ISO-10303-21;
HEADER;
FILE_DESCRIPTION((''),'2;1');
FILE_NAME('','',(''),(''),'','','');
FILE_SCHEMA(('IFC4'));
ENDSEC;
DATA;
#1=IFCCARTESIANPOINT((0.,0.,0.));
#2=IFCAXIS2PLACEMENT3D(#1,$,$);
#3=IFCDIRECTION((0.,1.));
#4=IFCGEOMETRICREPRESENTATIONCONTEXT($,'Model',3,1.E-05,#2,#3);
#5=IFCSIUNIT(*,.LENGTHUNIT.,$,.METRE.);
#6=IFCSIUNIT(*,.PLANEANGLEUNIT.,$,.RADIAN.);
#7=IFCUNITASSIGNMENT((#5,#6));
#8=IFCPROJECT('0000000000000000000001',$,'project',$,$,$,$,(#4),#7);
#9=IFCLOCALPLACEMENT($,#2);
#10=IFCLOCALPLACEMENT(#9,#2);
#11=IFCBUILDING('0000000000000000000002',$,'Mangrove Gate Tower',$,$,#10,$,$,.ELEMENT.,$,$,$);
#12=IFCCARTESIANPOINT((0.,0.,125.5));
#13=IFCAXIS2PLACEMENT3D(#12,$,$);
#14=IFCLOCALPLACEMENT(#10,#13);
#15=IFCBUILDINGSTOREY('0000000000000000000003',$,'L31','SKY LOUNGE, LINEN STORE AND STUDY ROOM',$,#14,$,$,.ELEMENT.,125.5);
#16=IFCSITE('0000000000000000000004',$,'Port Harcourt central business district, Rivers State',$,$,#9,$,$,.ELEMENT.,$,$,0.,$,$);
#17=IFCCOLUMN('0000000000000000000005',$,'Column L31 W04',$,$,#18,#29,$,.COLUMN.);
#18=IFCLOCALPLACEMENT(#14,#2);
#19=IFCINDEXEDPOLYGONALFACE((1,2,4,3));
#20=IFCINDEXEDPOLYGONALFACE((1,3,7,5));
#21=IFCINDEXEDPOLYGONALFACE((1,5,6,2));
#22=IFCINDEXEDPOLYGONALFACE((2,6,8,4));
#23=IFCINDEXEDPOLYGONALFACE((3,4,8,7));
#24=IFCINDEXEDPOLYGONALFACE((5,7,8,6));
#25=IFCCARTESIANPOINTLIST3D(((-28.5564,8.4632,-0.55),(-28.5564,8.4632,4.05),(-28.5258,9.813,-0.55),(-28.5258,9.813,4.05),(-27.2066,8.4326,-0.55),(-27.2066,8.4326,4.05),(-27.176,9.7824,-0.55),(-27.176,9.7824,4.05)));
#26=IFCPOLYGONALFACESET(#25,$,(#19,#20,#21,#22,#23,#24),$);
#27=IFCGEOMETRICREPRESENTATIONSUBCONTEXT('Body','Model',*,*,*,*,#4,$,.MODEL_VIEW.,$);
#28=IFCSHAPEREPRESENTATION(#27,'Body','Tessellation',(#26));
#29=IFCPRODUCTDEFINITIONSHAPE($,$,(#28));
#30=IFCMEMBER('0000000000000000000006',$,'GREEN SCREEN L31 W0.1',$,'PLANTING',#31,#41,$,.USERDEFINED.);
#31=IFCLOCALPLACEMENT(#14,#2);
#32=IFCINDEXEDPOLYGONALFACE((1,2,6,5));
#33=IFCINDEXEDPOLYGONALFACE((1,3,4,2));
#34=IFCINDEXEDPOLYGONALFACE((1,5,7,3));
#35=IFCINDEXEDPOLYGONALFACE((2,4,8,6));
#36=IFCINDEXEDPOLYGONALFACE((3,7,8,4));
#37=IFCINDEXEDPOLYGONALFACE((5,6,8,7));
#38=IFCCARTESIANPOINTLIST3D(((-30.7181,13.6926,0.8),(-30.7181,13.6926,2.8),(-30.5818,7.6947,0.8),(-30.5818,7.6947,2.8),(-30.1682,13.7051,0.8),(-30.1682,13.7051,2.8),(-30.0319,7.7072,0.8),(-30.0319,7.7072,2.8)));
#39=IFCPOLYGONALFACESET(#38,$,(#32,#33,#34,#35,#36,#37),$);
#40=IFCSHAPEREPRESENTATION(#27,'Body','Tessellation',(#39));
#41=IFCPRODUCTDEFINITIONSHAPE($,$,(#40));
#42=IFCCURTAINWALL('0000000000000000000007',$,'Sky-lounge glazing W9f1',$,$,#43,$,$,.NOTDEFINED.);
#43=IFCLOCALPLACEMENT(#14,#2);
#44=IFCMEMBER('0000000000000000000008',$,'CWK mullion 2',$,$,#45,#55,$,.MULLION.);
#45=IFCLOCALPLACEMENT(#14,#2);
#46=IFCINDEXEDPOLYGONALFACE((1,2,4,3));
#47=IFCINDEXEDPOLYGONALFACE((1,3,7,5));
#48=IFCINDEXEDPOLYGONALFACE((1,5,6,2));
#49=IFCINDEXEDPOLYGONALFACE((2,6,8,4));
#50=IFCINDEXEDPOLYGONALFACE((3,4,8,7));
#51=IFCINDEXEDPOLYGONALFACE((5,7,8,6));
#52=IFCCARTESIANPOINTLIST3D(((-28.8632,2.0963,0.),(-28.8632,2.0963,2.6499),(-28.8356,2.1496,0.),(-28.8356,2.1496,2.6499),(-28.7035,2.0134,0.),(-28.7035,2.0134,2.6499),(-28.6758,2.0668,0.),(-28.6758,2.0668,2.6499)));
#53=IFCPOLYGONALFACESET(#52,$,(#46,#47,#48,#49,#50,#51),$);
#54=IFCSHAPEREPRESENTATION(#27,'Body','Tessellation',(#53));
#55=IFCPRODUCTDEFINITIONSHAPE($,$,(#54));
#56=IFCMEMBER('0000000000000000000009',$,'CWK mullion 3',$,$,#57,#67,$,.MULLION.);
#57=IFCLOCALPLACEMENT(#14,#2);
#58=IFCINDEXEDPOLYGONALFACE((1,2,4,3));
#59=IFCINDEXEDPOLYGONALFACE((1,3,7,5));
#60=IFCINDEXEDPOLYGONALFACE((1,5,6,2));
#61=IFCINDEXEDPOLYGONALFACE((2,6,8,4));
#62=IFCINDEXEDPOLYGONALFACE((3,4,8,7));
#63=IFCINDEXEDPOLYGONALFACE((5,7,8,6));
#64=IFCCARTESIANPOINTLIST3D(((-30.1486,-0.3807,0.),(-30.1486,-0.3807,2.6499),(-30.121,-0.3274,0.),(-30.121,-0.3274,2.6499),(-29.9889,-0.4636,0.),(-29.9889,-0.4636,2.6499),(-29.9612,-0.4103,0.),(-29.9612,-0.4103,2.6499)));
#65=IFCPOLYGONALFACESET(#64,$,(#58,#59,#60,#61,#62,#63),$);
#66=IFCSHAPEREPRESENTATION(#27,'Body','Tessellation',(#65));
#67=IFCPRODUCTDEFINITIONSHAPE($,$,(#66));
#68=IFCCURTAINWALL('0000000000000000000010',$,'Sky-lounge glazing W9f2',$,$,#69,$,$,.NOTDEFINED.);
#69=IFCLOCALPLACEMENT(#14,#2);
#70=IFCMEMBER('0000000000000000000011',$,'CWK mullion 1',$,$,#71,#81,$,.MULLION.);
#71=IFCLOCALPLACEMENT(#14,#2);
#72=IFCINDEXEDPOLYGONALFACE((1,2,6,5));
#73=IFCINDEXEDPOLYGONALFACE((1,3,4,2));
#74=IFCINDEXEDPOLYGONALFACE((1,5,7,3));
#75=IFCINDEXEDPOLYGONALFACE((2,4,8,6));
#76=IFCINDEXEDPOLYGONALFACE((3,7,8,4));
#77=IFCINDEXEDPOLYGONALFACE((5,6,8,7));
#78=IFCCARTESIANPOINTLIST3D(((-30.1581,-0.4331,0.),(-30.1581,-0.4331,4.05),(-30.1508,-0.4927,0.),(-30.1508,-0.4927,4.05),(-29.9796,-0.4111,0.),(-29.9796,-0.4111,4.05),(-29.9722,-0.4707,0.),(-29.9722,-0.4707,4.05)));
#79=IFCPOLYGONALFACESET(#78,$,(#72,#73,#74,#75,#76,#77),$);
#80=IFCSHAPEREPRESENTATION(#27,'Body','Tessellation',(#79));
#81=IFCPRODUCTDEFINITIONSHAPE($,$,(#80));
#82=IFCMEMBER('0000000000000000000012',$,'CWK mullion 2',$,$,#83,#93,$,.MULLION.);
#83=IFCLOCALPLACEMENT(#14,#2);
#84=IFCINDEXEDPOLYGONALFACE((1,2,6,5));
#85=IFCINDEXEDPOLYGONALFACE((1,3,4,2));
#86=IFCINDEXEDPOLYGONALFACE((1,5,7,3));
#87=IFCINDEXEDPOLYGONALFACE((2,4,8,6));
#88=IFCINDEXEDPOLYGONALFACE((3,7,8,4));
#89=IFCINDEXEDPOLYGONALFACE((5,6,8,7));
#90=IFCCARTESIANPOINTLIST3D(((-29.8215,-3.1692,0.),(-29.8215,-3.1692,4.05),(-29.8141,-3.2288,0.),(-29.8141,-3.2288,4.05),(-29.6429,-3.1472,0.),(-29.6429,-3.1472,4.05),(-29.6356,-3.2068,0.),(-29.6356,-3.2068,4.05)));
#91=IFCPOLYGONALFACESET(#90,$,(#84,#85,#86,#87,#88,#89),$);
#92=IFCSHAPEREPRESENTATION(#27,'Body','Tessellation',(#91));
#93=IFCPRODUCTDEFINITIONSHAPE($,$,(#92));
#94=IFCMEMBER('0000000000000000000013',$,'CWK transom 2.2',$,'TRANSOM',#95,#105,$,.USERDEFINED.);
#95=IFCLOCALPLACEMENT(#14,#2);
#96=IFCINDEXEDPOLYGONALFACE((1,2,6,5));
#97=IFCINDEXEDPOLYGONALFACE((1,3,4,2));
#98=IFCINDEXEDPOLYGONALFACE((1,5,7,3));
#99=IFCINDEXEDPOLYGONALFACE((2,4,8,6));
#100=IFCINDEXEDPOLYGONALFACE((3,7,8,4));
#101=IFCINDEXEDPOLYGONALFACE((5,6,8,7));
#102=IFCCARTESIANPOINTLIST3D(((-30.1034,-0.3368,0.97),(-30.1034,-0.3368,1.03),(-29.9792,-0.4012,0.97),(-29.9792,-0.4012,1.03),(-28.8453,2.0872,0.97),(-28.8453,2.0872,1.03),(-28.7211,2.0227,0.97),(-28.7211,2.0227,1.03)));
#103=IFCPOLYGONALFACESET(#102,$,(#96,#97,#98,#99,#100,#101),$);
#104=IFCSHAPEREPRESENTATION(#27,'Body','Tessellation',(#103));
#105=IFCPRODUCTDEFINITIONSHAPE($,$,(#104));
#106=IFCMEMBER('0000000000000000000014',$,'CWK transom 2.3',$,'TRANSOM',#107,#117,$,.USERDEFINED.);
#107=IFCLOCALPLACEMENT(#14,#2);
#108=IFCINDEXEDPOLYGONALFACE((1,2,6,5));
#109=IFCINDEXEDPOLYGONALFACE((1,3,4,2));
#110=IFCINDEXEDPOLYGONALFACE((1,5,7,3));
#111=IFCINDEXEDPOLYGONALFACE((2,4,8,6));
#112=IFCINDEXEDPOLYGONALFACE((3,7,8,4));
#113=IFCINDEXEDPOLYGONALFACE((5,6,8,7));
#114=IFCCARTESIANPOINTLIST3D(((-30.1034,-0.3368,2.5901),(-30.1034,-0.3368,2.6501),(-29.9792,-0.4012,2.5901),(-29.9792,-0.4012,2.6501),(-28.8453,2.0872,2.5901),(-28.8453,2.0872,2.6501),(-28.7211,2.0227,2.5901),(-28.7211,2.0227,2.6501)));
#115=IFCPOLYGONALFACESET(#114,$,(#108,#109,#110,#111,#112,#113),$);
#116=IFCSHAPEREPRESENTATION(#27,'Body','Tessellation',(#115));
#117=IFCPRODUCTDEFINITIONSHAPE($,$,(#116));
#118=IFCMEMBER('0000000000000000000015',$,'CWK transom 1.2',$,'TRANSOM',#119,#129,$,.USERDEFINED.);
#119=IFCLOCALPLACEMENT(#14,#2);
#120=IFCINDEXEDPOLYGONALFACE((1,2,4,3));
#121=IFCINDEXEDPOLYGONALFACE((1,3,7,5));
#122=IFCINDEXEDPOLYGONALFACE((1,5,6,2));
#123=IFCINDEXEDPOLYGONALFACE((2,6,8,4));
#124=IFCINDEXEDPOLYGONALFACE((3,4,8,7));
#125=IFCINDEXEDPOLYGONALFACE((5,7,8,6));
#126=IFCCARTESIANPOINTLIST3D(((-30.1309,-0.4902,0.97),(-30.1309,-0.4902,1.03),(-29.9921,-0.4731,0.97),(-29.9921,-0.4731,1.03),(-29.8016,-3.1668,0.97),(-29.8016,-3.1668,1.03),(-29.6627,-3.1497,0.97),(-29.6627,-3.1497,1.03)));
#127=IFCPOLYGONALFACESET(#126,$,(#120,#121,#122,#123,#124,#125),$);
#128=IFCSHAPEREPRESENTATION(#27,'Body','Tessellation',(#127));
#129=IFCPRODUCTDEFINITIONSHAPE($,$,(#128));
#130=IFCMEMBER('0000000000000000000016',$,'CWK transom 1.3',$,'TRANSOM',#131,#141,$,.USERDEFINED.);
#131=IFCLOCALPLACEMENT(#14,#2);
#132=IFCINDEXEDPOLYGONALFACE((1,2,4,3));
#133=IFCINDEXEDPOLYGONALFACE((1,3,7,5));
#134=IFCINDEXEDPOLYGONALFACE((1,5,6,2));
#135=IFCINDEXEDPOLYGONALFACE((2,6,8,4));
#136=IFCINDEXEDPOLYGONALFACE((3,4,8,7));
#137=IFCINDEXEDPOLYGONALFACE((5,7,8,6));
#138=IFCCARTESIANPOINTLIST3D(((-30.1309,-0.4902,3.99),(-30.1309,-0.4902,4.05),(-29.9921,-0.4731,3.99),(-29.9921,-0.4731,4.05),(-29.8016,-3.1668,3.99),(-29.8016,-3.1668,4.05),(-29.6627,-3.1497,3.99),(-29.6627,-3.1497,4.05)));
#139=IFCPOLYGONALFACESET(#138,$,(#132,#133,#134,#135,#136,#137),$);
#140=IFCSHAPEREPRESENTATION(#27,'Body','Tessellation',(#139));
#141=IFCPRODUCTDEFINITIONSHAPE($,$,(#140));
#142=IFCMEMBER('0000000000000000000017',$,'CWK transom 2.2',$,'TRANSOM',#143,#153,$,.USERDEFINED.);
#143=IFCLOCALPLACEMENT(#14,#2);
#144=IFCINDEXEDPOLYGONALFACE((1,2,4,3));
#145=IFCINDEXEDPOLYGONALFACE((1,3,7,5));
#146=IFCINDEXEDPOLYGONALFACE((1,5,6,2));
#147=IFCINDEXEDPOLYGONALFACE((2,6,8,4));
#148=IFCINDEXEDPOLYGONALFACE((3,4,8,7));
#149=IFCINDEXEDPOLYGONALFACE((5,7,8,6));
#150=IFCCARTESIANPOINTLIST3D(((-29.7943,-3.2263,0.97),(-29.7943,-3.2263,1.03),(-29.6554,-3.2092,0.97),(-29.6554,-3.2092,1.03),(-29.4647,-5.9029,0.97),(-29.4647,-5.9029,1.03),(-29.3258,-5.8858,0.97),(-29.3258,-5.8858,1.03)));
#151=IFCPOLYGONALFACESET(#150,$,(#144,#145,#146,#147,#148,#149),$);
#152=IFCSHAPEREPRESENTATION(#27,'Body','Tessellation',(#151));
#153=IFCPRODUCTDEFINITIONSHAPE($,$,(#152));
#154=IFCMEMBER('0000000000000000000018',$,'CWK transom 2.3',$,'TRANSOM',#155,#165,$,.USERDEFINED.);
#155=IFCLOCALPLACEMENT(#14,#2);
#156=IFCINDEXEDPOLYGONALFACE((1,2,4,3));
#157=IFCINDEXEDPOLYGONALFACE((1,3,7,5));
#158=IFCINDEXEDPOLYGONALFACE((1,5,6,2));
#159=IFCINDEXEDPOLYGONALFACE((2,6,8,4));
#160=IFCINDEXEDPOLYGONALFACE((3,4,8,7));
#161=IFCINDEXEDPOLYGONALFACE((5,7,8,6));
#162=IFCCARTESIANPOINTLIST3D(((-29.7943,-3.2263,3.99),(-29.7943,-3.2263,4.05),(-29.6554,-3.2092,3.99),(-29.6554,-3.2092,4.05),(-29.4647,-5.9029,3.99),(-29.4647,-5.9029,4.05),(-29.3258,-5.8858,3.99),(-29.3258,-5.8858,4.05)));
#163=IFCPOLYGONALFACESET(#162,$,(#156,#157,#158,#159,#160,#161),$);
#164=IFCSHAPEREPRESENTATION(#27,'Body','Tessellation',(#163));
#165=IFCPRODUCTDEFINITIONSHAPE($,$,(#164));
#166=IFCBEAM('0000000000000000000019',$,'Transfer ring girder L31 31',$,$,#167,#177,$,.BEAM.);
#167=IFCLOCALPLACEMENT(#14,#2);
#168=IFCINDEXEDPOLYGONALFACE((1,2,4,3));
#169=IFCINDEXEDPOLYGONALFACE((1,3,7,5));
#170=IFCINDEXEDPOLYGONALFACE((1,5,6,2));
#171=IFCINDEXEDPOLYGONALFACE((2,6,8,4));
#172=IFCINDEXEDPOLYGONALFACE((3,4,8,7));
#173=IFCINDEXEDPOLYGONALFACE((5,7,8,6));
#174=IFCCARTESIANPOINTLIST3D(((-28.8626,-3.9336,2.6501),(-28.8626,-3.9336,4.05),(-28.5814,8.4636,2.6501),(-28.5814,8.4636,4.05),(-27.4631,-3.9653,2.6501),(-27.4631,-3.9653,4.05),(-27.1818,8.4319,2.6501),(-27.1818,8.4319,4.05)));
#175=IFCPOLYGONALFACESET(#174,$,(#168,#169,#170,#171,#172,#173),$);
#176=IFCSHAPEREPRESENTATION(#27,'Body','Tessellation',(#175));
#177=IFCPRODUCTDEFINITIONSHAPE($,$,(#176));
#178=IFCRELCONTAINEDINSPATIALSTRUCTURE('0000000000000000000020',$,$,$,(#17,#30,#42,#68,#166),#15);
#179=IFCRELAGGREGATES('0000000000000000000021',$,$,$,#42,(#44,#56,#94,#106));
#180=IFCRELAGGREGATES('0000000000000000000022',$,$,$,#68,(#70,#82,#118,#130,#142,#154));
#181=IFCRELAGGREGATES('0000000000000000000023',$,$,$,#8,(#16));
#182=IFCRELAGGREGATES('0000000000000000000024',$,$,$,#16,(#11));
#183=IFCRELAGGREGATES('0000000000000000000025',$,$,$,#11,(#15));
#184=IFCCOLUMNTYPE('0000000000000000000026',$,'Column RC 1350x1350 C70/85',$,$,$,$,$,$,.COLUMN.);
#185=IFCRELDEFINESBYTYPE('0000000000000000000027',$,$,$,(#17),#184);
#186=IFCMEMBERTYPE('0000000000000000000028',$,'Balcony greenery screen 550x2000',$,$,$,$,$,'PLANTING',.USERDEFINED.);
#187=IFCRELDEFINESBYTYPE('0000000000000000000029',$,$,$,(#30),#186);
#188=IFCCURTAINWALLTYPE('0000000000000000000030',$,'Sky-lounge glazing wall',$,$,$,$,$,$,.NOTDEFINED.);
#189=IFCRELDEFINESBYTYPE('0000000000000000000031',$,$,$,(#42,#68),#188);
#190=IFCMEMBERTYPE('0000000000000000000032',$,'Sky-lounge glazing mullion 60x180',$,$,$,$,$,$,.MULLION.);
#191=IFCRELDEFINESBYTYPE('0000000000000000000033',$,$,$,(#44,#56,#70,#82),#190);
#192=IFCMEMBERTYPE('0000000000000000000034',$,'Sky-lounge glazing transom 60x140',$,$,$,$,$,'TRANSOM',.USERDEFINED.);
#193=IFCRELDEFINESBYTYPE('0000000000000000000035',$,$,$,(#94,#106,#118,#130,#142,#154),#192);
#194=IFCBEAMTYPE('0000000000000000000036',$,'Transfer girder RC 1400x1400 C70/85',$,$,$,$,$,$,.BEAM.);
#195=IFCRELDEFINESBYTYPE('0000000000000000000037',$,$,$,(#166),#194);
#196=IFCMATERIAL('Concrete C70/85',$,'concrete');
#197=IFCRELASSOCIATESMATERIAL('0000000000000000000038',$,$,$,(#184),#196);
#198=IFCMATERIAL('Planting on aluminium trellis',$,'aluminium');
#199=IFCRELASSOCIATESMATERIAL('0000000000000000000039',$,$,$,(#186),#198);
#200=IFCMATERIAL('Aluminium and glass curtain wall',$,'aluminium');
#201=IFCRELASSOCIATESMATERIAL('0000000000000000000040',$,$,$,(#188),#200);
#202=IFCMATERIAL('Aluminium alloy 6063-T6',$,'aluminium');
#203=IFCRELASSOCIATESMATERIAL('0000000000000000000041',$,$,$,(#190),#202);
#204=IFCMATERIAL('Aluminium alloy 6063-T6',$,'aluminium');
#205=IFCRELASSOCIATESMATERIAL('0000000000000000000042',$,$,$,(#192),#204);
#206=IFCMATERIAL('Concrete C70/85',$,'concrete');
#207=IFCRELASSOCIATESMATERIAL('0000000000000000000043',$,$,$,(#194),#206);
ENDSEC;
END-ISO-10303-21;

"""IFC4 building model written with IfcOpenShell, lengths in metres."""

from ifc_helpers import new_model, si_unit, direction, frame, origin, origin_2d, place, context, subcontext, project, spatial, rectangle, extrude, material, material_profile, profile_set, type_object, element, aggregate, save


model = new_model("IFC4")

# Units and contexts
model_context = context("Model", 3, precision=1e-05, world=origin(), true_north=direction((0.0, 1.0)))
body_context = subcontext(model_context, "Body", "Model", "MODEL_VIEW")
ifc_project = project(units=[si_unit("LENGTHUNIT", "METRE"), si_unit("PLANEANGLEUNIT", "RADIAN")], contexts=[model_context])

# Site, building, storey
site_placement = place(None, origin())
site = spatial("IfcSite", under=ifc_project, at=site_placement, Name="Port Harcourt central business district, Rivers State", CompositionType="ELEMENT", RefElevation=0.0)
building_placement = place(site_placement, origin())
building = spatial("IfcBuilding", under=site, at=building_placement, Name="Mangrove Gate Tower", CompositionType="ELEMENT")
storey_placement = place(building_placement, frame((0.0, 0.0, 125.5)))
storey = spatial("IfcBuildingStorey", under=building, at=storey_placement, Name="L31", Description="SKY LOUNGE, LINEN STORE AND STUDY ROOM", CompositionType="ELEMENT", Elevation=125.5)

# Column
ifc_material_1 = material(Name="Concrete C70/85", Category="concrete")
ifc_material_profile_1 = material_profile(ifc_material_1, rectangle(XDim=1.3501, YDim=1.3501, at=origin_2d()))
ifc_profile_set_1 = profile_set([ifc_material_profile_1], Name="Concrete C70/85")
column_type = type_object("IfcColumnType", Name="Column RC 1350x1350 C70/85", PredefinedType="COLUMN", material=ifc_profile_set_1)
column_placement = place(storey_placement, frame((-27.8662, 9.1228, -0.55), z_axis=(0.0, 0.0, 1.0), x_axis=(-0.022672, -0.999743, 0.0)))
element("IfcColumn", 1, at=column_placement, inside=storey, type_object=column_type, Name="Column L31 W04", PredefinedType="COLUMN", context=body_context, shape_type="SweptSolid", body=[
    extrude(rectangle(XDim=1.3501, YDim=1.3501, at=origin_2d()), origin(), (0.0, 0.0, 1.0), 4.6001),
])

# Member
ifc_material_2 = material(Name="Planting on aluminium trellis", Category="aluminium")
ifc_material_profile_2 = material_profile(ifc_material_2, rectangle(XDim=0.55, YDim=2.0, at=origin_2d()))
ifc_profile_set_2 = profile_set([ifc_material_profile_2], Name="Planting on aluminium trellis")
member_type_1 = type_object("IfcMemberType", Name="Balcony greenery screen 550x2000", ElementType="PLANTING", PredefinedType="USERDEFINED", material=ifc_profile_set_2)
member_1_placement = place(storey_placement, frame((-30.3069, 7.7009, 1.8), z_axis=(-0.022707, 0.999742, 0.0), x_axis=(-0.999742, -0.022707, 0.0)))
element("IfcMember", 2, at=member_1_placement, inside=storey, type_object=member_type_1, Name="GREEN SCREEN L31 W0.1", ObjectType="PLANTING", PredefinedType="USERDEFINED", context=body_context, shape_type="SweptSolid", body=[
    extrude(rectangle(XDim=0.55, YDim=2.0, at=origin_2d()), origin(), (0.0, 0.0, 1.0), 5.9995),
])

# Curtain walls, members
ifc_material_3 = material(Name="Aluminium and glass curtain wall", Category="aluminium")
curtain_wall_type = type_object("IfcCurtainWallType", Name="Sky-lounge glazing wall", PredefinedType="NOTDEFINED", material=ifc_material_3)
curtain_wall_1_placement = place(storey_placement, origin())
curtain_wall_1 = element("IfcCurtainWall", 3, at=curtain_wall_1_placement, inside=storey, type_object=curtain_wall_type, Name="Sky-lounge glazing W9f1", PredefinedType="NOTDEFINED")
ifc_material_4 = material(Name="Aluminium alloy 6063-T6", Category="aluminium")
ifc_material_profile_3 = material_profile(ifc_material_4, rectangle(XDim=0.0601, YDim=0.1799, at=origin_2d()))
ifc_profile_set_3 = profile_set([ifc_material_profile_3], Name="Aluminium alloy 6063-T6")
member_type_2 = type_object("IfcMemberType", Name="Sky-lounge glazing mullion 60x180", PredefinedType="MULLION", material=ifc_profile_set_3)
member_2_placement = place(storey_placement, frame((-28.7695, 2.0815, 0.0), z_axis=(0.0, 0.0, 1.0), x_axis=(-0.460628, -0.887593, 0.0)))
member_2 = element("IfcMember", 4, at=member_2_placement, type_object=member_type_2, Name="CWK mullion 2", PredefinedType="MULLION", context=body_context, shape_type="SweptSolid", body=[
    extrude(rectangle(XDim=0.0601, YDim=0.1799, at=origin_2d()), origin(), (0.0, 0.0, 1.0), 2.6499),
])
member_3_placement = place(storey_placement, frame((-30.0549, -0.3955, 0.0), z_axis=(0.0, 0.0, 1.0), x_axis=(-0.460628, -0.887593, 0.0)))
member_3 = element("IfcMember", 5, at=member_3_placement, type_object=member_type_2, Name="CWK mullion 3", PredefinedType="MULLION", context=body_context, shape_type="SweptSolid", body=[
    extrude(rectangle(XDim=0.0601, YDim=0.1799, at=origin_2d()), origin(), (0.0, 0.0, 1.0), 2.6499),
])
curtain_wall_2_placement = place(storey_placement, origin())
curtain_wall_2 = element("IfcCurtainWall", 6, at=curtain_wall_2_placement, inside=storey, type_object=curtain_wall_type, Name="Sky-lounge glazing W9f2", PredefinedType="NOTDEFINED")
member_4_placement = place(storey_placement, frame((-30.0652, -0.4519, 0.0), z_axis=(0.0, 0.0, 1.0), x_axis=(0.122172, -0.992509, 0.0)))
member_4 = element("IfcMember", 7, at=member_4_placement, type_object=member_type_2, Name="CWK mullion 1", PredefinedType="MULLION", context=body_context, shape_type="SweptSolid", body=[
    extrude(rectangle(XDim=0.0601, YDim=0.1799, at=origin_2d()), origin(), (0.0, 0.0, 1.0), 4.05),
])
member_5_placement = place(storey_placement, frame((-29.7285, -3.188, 0.0), z_axis=(0.0, 0.0, 1.0), x_axis=(0.122172, -0.992509, 0.0)))
member_5 = element("IfcMember", 8, at=member_5_placement, type_object=member_type_2, Name="CWK mullion 2", PredefinedType="MULLION", context=body_context, shape_type="SweptSolid", body=[
    extrude(rectangle(XDim=0.0601, YDim=0.1799, at=origin_2d()), origin(), (0.0, 0.0, 1.0), 4.05),
])

# Members
ifc_material_5 = material(Name="Aluminium alloy 6063-T6", Category="aluminium")
ifc_material_profile_4 = material_profile(ifc_material_5, rectangle(XDim=0.0601, YDim=0.1399, at=origin_2d()))
ifc_profile_set_4 = profile_set([ifc_material_profile_4], Name="Aluminium alloy 6063-T6")
member_type_3 = type_object("IfcMemberType", Name="Sky-lounge glazing transom 60x140", ElementType="TRANSOM", PredefinedType="USERDEFINED", material=ifc_profile_set_4)
member_6_placement = place(storey_placement, frame((-28.7832, 2.0549, 1.0), z_axis=(-0.46068, -0.887566, 0.0), x_axis=(0.0, 0.0, 1.0)))
member_6 = element("IfcMember", 9, at=member_6_placement, type_object=member_type_3, Name="CWK transom 2.2", ObjectType="TRANSOM", PredefinedType="USERDEFINED", context=body_context, shape_type="SweptSolid", body=[
    extrude(rectangle(XDim=0.0601, YDim=0.1399, at=origin_2d()), origin(), (0.0, 0.0, 1.0), 2.731),
])
member_7_placement = place(storey_placement, frame((-28.7832, 2.0549, 2.6201), z_axis=(-0.46068, -0.887566, 0.0), x_axis=(0.0, 0.0, 1.0)))
member_7 = element("IfcMember", 10, at=member_7_placement, type_object=member_type_3, Name="CWK transom 2.3", ObjectType="TRANSOM", PredefinedType="USERDEFINED", context=body_context, shape_type="SweptSolid", body=[
    extrude(rectangle(XDim=0.0601, YDim=0.1399, at=origin_2d()), origin(), (0.0, 0.0, 1.0), 2.731),
])
member_8_placement = place(storey_placement, frame((-30.0615, -0.4817, 1.0), z_axis=(0.122129, -0.992514, 0.0), x_axis=(0.0, 0.0, 1.0)))
member_8 = element("IfcMember", 11, at=member_8_placement, type_object=member_type_3, Name="CWK transom 1.2", ObjectType="TRANSOM", PredefinedType="USERDEFINED", context=body_context, shape_type="SweptSolid", body=[
    extrude(rectangle(XDim=0.0601, YDim=0.1399, at=origin_2d()), origin(), (0.0, 0.0, 1.0), 2.6968),
])
member_9_placement = place(storey_placement, frame((-30.0615, -0.4817, 4.02), z_axis=(0.122129, -0.992514, 0.0), x_axis=(0.0, 0.0, 1.0)))
member_9 = element("IfcMember", 12, at=member_9_placement, type_object=member_type_3, Name="CWK transom 1.3", ObjectType="TRANSOM", PredefinedType="USERDEFINED", context=body_context, shape_type="SweptSolid", body=[
    extrude(rectangle(XDim=0.0601, YDim=0.1399, at=origin_2d()), origin(), (0.0, 0.0, 1.0), 2.6968),
])
member_10_placement = place(storey_placement, frame((-29.7249, -3.2178, 1.0), z_axis=(0.122218, -0.992503, 0.0), x_axis=(0.0, 0.0, 1.0)))
member_10 = element("IfcMember", 13, at=member_10_placement, type_object=member_type_3, Name="CWK transom 2.2", ObjectType="TRANSOM", PredefinedType="USERDEFINED", context=body_context, shape_type="SweptSolid", body=[
    extrude(rectangle(XDim=0.0601, YDim=0.1399, at=origin_2d()), origin(), (0.0, 0.0, 1.0), 2.6968),
])
member_11_placement = place(storey_placement, frame((-29.7249, -3.2178, 4.02), z_axis=(0.122218, -0.992503, 0.0), x_axis=(0.0, 0.0, 1.0)))
member_11 = element("IfcMember", 14, at=member_11_placement, type_object=member_type_3, Name="CWK transom 2.3", ObjectType="TRANSOM", PredefinedType="USERDEFINED", context=body_context, shape_type="SweptSolid", body=[
    extrude(rectangle(XDim=0.0601, YDim=0.1399, at=origin_2d()), origin(), (0.0, 0.0, 1.0), 2.6968),
])

# Beam
ifc_material_6 = material(Name="Concrete C70/85", Category="concrete")
ifc_material_profile_5 = material_profile(ifc_material_6, rectangle(XDim=1.3999, YDim=1.3999, at=origin_2d()))
ifc_profile_set_5 = profile_set([ifc_material_profile_5], Name="Concrete C70/85")
beam_type = type_object("IfcBeamType", Name="Transfer girder RC 1400x1400 C70/85", PredefinedType="BEAM", material=ifc_profile_set_5)
beam_placement = place(storey_placement, frame((-27.8816, 8.4478, 3.3501), z_axis=(-0.022681, -0.999743, 0.0), x_axis=(0.999743, -0.022681, 0.0)))
element("IfcBeam", 15, at=beam_placement, inside=storey, type_object=beam_type, Name="Transfer ring girder L31 31", PredefinedType="BEAM", context=body_context, shape_type="SweptSolid", body=[
    extrude(rectangle(XDim=1.3999, YDim=1.3999, at=origin_2d()), origin(), (0.0, 0.0, 1.0), 12.4004),
])

aggregate(curtain_wall_1, [member_2, member_3, member_6, member_7])
aggregate(curtain_wall_2, [member_4, member_5, member_8, member_9, member_10, member_11])

save(model, "model.ifc")
